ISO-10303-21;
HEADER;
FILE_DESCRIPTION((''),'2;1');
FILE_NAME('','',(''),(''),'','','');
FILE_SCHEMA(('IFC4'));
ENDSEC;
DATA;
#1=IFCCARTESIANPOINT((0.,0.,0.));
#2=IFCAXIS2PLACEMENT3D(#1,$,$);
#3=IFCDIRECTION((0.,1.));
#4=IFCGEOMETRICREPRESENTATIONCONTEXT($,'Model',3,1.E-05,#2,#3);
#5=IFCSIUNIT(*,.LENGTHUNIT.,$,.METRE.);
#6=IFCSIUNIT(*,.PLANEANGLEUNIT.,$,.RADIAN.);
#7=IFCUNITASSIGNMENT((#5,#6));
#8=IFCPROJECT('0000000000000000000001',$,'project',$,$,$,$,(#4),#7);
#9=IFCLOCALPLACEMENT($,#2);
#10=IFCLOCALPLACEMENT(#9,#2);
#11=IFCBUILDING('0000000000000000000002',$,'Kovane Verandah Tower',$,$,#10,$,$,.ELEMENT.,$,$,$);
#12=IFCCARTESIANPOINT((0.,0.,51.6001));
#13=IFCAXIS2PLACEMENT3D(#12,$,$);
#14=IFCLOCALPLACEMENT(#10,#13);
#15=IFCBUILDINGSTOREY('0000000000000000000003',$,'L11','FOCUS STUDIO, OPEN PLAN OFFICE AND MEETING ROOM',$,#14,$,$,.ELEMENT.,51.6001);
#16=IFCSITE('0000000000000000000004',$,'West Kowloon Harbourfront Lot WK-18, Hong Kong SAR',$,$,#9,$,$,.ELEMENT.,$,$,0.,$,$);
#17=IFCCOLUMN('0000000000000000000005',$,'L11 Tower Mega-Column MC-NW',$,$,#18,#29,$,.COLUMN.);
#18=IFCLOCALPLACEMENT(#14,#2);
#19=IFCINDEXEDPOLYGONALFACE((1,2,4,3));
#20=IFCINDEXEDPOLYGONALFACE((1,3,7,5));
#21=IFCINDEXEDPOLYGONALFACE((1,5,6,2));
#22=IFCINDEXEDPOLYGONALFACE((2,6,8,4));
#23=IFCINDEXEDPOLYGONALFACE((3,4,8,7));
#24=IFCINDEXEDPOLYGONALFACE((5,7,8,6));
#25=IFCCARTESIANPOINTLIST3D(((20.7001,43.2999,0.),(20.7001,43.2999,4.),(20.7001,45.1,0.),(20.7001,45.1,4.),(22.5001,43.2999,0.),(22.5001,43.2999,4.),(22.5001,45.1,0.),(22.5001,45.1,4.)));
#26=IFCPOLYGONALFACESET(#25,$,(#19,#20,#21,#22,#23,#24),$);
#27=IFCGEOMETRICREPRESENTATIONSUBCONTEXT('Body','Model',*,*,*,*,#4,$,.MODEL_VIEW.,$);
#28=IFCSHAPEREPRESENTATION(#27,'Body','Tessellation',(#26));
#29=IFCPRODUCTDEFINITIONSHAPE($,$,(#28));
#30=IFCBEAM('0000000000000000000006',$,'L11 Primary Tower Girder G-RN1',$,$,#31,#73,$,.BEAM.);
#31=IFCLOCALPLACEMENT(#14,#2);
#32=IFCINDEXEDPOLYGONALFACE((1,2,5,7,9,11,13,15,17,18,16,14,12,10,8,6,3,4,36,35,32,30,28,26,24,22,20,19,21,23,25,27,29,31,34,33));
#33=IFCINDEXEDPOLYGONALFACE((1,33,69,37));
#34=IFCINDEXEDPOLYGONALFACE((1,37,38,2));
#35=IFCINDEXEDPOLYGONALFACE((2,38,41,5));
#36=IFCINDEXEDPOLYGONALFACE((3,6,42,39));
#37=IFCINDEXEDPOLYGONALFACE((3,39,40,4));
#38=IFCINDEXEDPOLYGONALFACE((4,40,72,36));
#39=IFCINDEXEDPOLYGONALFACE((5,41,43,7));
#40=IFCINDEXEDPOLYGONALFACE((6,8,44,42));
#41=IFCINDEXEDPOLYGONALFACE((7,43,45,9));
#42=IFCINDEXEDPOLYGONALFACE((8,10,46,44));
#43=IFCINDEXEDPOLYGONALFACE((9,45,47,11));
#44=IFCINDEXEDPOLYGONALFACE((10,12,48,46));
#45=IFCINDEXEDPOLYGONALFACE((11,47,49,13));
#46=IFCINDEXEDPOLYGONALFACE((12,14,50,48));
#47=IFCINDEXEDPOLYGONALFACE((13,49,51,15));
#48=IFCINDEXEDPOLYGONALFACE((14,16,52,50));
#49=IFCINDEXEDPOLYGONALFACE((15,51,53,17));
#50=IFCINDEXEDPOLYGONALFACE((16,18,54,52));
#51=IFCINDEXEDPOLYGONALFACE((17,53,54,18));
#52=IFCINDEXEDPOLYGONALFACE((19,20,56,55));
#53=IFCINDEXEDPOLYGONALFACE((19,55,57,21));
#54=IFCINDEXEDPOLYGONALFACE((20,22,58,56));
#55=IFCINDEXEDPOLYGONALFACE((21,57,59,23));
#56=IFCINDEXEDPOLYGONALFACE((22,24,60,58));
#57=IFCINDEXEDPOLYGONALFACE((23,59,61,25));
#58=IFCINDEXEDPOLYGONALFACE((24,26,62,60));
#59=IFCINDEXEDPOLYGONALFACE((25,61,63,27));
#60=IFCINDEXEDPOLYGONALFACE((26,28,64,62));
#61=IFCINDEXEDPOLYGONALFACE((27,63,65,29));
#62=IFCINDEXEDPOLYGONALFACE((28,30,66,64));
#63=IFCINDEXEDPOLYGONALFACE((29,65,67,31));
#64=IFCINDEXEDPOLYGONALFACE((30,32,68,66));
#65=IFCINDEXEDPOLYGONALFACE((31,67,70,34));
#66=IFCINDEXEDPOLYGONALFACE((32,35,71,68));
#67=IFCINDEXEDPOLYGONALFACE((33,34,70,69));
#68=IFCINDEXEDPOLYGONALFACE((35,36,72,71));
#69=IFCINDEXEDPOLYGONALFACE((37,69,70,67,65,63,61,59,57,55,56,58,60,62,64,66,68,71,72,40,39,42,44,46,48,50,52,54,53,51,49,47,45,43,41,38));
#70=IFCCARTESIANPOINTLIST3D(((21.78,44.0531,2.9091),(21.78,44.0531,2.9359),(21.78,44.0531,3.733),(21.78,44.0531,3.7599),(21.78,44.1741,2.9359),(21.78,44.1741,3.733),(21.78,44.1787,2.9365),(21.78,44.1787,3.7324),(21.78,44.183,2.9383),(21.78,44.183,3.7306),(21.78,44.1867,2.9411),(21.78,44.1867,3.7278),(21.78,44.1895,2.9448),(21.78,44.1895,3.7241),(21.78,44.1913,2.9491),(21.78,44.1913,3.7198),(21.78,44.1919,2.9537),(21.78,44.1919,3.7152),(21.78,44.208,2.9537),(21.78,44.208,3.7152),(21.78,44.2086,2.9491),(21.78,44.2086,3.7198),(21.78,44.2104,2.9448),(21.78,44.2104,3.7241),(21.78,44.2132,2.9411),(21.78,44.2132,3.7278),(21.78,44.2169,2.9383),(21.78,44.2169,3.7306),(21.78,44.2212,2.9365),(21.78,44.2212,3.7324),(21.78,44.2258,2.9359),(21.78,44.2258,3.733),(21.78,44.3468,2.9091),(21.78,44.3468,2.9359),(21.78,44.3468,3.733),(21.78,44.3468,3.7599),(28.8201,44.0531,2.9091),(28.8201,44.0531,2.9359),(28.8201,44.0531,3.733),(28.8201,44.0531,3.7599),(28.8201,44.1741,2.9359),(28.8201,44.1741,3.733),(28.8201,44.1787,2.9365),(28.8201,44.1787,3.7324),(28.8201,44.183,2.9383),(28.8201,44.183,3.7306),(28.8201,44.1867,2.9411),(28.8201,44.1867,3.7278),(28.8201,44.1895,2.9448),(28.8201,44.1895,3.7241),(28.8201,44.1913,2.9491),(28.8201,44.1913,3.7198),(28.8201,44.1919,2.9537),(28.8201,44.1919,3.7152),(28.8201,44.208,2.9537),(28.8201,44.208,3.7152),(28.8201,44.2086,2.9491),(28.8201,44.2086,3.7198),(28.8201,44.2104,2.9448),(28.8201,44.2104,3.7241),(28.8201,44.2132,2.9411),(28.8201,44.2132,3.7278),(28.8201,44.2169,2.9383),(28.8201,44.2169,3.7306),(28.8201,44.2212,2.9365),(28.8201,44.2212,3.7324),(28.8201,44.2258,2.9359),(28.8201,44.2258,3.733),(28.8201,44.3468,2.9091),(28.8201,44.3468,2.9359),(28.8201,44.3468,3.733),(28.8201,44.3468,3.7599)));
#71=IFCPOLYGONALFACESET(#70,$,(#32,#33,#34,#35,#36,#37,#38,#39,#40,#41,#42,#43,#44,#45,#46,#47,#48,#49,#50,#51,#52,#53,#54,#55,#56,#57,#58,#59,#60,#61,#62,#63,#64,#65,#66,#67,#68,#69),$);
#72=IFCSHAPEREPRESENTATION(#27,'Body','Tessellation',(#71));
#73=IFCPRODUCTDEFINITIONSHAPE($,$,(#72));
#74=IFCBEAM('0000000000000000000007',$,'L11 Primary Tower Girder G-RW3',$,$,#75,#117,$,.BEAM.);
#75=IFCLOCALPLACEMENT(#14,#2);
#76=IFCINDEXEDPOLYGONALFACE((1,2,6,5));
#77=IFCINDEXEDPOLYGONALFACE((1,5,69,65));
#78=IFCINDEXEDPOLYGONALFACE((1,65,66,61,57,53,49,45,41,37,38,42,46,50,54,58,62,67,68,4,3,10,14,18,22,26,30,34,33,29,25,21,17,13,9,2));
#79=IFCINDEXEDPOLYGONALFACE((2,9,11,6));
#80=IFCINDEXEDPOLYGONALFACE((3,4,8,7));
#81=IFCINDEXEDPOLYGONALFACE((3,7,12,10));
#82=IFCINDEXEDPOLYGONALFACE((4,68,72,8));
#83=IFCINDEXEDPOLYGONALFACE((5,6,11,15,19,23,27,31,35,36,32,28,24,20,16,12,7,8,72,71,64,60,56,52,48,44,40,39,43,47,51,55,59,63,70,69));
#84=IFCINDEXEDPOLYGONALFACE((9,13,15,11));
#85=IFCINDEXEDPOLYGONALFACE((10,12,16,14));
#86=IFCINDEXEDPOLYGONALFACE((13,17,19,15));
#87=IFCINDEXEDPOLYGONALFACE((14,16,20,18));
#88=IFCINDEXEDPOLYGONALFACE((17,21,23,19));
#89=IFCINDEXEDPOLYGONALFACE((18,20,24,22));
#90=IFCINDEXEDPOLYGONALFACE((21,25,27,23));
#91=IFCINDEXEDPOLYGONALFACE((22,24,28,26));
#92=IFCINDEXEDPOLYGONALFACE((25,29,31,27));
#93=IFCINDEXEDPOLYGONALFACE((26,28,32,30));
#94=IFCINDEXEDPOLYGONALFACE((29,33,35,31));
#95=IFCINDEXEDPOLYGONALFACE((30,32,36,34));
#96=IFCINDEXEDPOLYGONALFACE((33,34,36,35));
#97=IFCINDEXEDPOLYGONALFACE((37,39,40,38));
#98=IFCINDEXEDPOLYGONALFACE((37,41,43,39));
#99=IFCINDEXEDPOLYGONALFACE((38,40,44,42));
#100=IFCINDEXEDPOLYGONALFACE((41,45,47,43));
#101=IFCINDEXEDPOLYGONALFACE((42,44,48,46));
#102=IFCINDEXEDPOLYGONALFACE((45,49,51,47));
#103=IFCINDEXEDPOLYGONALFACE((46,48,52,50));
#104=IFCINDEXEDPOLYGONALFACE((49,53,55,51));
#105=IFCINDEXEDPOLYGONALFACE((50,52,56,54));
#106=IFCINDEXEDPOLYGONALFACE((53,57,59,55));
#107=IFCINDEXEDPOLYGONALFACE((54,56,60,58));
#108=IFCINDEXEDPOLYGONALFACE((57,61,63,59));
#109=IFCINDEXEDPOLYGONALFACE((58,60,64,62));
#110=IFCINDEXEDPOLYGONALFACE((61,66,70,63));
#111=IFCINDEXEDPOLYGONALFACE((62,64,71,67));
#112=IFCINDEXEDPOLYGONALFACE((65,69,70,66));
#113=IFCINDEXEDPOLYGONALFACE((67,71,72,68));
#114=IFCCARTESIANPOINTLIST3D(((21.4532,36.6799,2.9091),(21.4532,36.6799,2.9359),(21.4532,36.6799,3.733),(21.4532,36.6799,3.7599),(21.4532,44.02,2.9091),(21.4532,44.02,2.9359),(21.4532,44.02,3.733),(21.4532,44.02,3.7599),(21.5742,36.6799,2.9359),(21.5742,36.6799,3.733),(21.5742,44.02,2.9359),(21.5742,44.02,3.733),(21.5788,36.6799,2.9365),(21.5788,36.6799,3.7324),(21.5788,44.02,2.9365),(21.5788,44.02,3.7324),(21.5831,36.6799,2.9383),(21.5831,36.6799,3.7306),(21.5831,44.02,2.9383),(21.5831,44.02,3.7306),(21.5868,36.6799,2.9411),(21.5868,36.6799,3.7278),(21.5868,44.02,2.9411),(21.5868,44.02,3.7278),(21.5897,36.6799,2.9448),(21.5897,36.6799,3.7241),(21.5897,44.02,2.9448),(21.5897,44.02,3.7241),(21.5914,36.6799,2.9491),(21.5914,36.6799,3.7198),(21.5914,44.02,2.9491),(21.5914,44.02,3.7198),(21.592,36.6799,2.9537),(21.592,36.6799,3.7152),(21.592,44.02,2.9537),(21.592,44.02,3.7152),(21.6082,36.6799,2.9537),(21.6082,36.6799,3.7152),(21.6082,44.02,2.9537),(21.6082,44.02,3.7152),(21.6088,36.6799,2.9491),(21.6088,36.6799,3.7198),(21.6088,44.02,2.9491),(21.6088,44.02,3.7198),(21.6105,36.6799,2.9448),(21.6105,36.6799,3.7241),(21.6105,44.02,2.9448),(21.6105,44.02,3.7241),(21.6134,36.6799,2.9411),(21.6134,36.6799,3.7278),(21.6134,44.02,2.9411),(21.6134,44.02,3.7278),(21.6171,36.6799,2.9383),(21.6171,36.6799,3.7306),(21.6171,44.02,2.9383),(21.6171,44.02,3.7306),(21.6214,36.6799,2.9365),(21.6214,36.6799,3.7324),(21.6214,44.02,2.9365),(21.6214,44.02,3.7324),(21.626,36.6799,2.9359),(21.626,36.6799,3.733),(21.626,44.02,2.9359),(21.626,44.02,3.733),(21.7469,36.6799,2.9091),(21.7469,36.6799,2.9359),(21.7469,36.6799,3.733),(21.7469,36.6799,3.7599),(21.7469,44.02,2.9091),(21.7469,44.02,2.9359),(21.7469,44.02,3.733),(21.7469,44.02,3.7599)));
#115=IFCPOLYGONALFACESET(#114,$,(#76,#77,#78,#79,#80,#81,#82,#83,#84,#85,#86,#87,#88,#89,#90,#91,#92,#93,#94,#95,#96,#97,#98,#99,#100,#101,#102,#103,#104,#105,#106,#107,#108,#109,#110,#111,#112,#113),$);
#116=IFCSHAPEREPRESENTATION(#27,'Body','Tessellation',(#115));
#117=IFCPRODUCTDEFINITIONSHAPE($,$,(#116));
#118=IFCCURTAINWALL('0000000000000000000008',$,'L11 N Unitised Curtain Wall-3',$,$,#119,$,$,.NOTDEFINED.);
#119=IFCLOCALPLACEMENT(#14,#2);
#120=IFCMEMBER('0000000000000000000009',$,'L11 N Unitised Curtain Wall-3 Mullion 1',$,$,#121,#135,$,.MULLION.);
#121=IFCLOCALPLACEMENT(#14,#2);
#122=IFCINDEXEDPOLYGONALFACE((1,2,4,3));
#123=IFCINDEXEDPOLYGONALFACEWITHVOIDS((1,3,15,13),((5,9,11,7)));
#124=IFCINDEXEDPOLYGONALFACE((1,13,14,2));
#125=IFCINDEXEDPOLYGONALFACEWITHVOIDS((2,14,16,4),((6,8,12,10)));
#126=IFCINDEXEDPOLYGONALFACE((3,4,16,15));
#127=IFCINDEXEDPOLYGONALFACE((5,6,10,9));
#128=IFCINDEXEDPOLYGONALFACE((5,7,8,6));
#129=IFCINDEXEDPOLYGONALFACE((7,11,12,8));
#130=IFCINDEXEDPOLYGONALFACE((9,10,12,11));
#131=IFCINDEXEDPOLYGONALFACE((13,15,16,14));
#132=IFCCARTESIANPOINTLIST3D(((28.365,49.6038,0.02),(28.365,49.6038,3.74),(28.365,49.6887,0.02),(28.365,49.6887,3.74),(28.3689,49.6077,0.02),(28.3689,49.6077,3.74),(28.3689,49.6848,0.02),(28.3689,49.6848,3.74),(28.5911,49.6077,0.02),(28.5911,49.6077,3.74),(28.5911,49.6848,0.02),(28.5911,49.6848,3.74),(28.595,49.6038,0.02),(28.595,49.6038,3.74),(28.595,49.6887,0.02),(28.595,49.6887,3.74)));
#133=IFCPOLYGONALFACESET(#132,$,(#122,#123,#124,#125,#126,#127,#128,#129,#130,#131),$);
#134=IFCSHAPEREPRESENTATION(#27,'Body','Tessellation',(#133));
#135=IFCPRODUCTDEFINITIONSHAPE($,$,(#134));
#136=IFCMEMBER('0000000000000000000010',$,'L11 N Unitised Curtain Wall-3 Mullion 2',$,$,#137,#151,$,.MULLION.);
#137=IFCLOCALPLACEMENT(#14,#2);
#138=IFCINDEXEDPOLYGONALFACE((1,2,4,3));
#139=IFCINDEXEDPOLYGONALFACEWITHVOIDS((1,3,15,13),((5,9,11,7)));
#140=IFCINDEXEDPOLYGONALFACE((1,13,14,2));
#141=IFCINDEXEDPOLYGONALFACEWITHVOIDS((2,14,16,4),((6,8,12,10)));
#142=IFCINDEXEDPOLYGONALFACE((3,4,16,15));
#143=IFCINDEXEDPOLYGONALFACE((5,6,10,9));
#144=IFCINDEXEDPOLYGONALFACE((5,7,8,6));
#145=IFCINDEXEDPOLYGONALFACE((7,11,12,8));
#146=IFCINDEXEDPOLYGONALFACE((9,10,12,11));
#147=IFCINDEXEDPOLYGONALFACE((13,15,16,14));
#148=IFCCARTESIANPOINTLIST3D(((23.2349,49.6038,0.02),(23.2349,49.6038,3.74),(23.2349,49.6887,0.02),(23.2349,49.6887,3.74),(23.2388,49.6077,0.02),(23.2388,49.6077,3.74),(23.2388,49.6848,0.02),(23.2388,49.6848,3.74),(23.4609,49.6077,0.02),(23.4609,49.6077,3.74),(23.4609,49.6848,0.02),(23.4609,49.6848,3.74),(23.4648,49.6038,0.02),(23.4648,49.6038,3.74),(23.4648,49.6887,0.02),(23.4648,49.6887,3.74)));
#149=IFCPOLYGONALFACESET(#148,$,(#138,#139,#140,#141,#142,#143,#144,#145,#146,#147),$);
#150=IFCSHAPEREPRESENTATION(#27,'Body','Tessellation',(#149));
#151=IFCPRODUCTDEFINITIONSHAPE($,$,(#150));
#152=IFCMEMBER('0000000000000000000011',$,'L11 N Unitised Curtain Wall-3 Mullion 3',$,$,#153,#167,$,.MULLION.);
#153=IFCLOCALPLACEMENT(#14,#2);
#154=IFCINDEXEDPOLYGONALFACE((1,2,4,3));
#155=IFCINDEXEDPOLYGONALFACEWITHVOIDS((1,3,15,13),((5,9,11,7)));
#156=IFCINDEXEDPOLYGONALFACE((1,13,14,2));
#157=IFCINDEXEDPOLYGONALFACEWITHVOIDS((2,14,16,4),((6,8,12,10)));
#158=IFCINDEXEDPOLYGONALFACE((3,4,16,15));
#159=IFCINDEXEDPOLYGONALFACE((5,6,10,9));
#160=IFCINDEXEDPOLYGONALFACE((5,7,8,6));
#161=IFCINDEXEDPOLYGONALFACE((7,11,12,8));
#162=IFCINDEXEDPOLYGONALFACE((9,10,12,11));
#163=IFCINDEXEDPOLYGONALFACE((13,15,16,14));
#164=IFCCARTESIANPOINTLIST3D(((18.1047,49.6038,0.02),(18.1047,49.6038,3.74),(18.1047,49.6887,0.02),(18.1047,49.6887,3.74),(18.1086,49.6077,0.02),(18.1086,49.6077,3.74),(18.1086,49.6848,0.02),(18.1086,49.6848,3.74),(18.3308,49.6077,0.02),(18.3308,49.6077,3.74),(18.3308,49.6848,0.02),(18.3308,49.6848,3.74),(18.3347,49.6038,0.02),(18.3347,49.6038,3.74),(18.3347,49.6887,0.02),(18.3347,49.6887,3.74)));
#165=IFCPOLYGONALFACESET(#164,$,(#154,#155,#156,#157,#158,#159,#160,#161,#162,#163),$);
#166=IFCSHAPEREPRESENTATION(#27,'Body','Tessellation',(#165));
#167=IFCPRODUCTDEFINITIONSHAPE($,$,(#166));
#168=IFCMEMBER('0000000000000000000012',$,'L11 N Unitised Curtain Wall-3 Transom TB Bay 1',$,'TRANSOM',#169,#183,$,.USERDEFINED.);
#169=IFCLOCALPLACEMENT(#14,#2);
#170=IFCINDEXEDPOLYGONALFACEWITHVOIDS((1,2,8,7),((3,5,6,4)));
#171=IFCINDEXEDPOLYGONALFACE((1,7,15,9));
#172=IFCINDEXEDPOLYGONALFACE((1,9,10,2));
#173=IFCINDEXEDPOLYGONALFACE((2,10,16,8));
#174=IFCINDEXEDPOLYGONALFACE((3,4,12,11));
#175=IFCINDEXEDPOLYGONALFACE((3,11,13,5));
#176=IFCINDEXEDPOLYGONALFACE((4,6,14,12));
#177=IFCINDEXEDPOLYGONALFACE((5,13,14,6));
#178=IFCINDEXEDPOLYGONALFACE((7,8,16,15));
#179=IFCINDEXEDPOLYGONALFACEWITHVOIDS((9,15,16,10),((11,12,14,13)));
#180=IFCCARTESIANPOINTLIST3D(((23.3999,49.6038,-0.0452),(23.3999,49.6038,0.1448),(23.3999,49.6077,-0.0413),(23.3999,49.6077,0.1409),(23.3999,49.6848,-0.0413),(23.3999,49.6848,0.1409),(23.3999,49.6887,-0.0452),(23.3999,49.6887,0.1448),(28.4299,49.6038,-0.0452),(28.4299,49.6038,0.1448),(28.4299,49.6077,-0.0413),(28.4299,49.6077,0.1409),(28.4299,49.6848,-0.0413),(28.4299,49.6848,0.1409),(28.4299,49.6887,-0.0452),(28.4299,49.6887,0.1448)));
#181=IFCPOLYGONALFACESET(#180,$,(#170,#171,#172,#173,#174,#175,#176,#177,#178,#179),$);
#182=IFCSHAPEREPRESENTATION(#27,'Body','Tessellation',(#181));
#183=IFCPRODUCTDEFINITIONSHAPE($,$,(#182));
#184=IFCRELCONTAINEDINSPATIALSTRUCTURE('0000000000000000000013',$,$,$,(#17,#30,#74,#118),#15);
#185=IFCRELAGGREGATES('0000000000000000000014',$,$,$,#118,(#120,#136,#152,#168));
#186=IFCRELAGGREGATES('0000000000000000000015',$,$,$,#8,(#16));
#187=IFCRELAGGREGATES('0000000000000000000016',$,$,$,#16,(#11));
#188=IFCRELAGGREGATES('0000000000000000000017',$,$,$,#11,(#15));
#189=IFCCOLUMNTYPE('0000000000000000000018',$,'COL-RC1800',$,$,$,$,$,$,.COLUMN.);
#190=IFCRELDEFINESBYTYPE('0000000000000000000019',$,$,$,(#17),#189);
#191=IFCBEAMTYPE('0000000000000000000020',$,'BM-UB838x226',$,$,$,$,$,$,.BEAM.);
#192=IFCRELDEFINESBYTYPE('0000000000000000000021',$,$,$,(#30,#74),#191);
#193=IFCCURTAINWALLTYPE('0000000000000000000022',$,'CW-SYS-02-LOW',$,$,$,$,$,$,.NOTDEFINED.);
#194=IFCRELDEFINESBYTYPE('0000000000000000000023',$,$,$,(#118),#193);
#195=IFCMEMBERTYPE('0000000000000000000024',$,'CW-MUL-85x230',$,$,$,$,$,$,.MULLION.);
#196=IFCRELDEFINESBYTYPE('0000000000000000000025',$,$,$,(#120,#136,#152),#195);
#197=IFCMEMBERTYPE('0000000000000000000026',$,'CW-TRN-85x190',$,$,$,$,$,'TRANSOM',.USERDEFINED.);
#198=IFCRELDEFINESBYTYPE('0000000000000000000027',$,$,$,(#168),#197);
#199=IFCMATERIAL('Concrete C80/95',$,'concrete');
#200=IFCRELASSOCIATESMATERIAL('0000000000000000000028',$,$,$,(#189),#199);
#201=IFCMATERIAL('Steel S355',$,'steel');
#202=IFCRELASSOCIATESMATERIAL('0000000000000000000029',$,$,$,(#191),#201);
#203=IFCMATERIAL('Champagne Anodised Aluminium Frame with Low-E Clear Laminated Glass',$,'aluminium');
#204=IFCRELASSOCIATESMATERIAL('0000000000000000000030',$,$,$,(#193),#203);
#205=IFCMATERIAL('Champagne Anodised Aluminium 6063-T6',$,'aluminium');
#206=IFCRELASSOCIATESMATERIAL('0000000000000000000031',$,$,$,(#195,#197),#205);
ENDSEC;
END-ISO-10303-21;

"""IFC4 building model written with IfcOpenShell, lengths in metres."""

from ifc_helpers import new_model, si_unit, direction, frame, origin, origin_2d, place, context, subcontext, project, spatial, rectangle, hollow_rectangle, i_section, extrude, material, material_profile, profile_set, type_object, element, aggregate, save


model = new_model("IFC4")

# Units and contexts
model_context = context("Model", 3, precision=1e-05, world=origin(), true_north=direction((0.0, 1.0)))
body_context = subcontext(model_context, "Body", "Model", "MODEL_VIEW")
ifc_project = project(units=[si_unit("LENGTHUNIT", "METRE"), si_unit("PLANEANGLEUNIT", "RADIAN")], contexts=[model_context])

# Site, building, storey
site_placement = place(None, origin())
site = spatial("IfcSite", under=ifc_project, at=site_placement, Name="West Kowloon Harbourfront Lot WK-18, Hong Kong SAR", CompositionType="ELEMENT", RefElevation=0.0)
building_placement = place(site_placement, origin())
building = spatial("IfcBuilding", under=site, at=building_placement, Name="Kovane Verandah Tower", CompositionType="ELEMENT")
storey_placement = place(building_placement, frame((0.0, 0.0, 51.6001)))
storey = spatial("IfcBuildingStorey", under=building, at=storey_placement, Name="L11", Description="FOCUS STUDIO, OPEN PLAN OFFICE AND MEETING ROOM", CompositionType="ELEMENT", Elevation=51.6001)

# Column
ifc_material_1 = material(Name="Concrete C80/95", Category="concrete")
ifc_material_profile_1 = material_profile(ifc_material_1, rectangle(XDim=1.8, YDim=1.8, at=origin_2d()), Name="RC1800x1800")
ifc_profile_set_1 = profile_set([ifc_material_profile_1], Name="Concrete C80/95")
column_type = type_object("IfcColumnType", Name="COL-RC1800", PredefinedType="COLUMN", material=ifc_profile_set_1)
column_placement = place(storey_placement, frame((21.6001, 44.2, 0.0), z_axis=(0.0, 0.0, 1.0), x_axis=(1.0, 0.0, 0.0)))
element("IfcColumn", 1, at=column_placement, inside=storey, type_object=column_type, Name="L11 Tower Mega-Column MC-NW", PredefinedType="COLUMN", context=body_context, shape_type="SweptSolid", body=[
    extrude(rectangle(XDim=1.8, YDim=1.8, at=origin_2d()), origin(), (0.0, 0.0, 1.0), 4.0),
])

# Beams
ifc_material_2 = material(Name="Steel S355", Category="steel")
ifc_material_profile_2 = material_profile(ifc_material_2, i_section(OverallWidth=0.2937, OverallDepth=0.8508, WebThickness=0.0161, FlangeThickness=0.0269, FilletRadius=0.0178, at=origin_2d()), Name="UB838x292x226")
ifc_profile_set_2 = profile_set([ifc_material_profile_2], Name="Steel S355")
beam_type_1 = type_object("IfcBeamType", Name="BM-UB838x226", PredefinedType="BEAM", material=ifc_profile_set_2)
beam_1_placement = place(storey_placement, frame((21.78, 44.2, 3.3345), z_axis=(1.0, 0.0, 0.0), x_axis=(0.0, 1.0, 0.0)))
element("IfcBeam", 2, at=beam_1_placement, inside=storey, type_object=beam_type_1, Name="L11 Primary Tower Girder G-RN1", PredefinedType="BEAM", context=body_context, shape_type="SweptSolid", body=[
    extrude(i_section(OverallWidth=0.2937, OverallDepth=0.8508, WebThickness=0.0161, FlangeThickness=0.0269, FilletRadius=0.0178, at=origin_2d()), origin(), (0.0, 0.0, 1.0), 7.04),
])
beam_2_placement = place(storey_placement, frame((21.6001, 36.6799, 3.3345), z_axis=(0.0, 1.0, 0.0), x_axis=(-1.0, 0.0, 0.0)))
element("IfcBeam", 3, at=beam_2_placement, inside=storey, type_object=beam_type_1, Name="L11 Primary Tower Girder G-RW3", PredefinedType="BEAM", context=body_context, shape_type="SweptSolid", body=[
    extrude(i_section(OverallWidth=0.2937, OverallDepth=0.8508, WebThickness=0.0161, FlangeThickness=0.0269, FilletRadius=0.0178, at=origin_2d()), origin(), (0.0, 0.0, 1.0), 7.3401),
])

# Curtain wall, members
ifc_material_3 = material(Name="Champagne Anodised Aluminium Frame with Low-E Clear Laminated Glass", Category="aluminium")
curtain_wall_type = type_object("IfcCurtainWallType", Name="CW-SYS-02-LOW", PredefinedType="NOTDEFINED", material=ifc_material_3)
curtain_wall_placement = place(storey_placement, origin())
curtain_wall = element("IfcCurtainWall", 4, at=curtain_wall_placement, inside=storey, type_object=curtain_wall_type, Name="L11 N Unitised Curtain Wall-3", PredefinedType="NOTDEFINED")
ifc_material_4 = material(Name="Champagne Anodised Aluminium 6063-T6", Category="aluminium")
ifc_material_profile_3 = material_profile(ifc_material_4, hollow_rectangle(XDim=0.085, YDim=0.23, WallThickness=0.0039, at=origin_2d()), Name="AL85x230x4")
ifc_profile_set_3 = profile_set([ifc_material_profile_3], Name="Champagne Anodised Aluminium 6063-T6")
member_type_1 = type_object("IfcMemberType", Name="CW-MUL-85x230", PredefinedType="MULLION", material=ifc_profile_set_3)
member_1_placement = place(storey_placement, frame((28.48, 49.6462, 0.02), z_axis=(0.0, 0.0, 1.0), x_axis=(0.0, 1.0, 0.0)))
member_1 = element("IfcMember", 5, at=member_1_placement, type_object=member_type_1, Name="L11 N Unitised Curtain Wall-3 Mullion 1", PredefinedType="MULLION", context=body_context, shape_type="SweptSolid", body=[
    extrude(hollow_rectangle(XDim=0.085, YDim=0.23, WallThickness=0.0039, at=origin_2d()), origin(), (0.0, 0.0, 1.0), 3.72),
])
member_2_placement = place(storey_placement, frame((23.3499, 49.6462, 0.02), z_axis=(0.0, 0.0, 1.0), x_axis=(0.0, 1.0, 0.0)))
member_2 = element("IfcMember", 6, at=member_2_placement, type_object=member_type_1, Name="L11 N Unitised Curtain Wall-3 Mullion 2", PredefinedType="MULLION", context=body_context, shape_type="SweptSolid", body=[
    extrude(hollow_rectangle(XDim=0.085, YDim=0.23, WallThickness=0.0039, at=origin_2d()), origin(), (0.0, 0.0, 1.0), 3.72),
])
member_3_placement = place(storey_placement, frame((18.2197, 49.6462, 0.02), z_axis=(0.0, 0.0, 1.0), x_axis=(0.0, 1.0, 0.0)))
member_3 = element("IfcMember", 7, at=member_3_placement, type_object=member_type_1, Name="L11 N Unitised Curtain Wall-3 Mullion 3", PredefinedType="MULLION", context=body_context, shape_type="SweptSolid", body=[
    extrude(hollow_rectangle(XDim=0.085, YDim=0.23, WallThickness=0.0039, at=origin_2d()), origin(), (0.0, 0.0, 1.0), 3.72),
])
ifc_material_profile_4 = material_profile(ifc_material_4, hollow_rectangle(XDim=0.085, YDim=0.1899, WallThickness=0.0039, at=origin_2d()), Name="AL85x190x4")
ifc_profile_set_4 = profile_set([ifc_material_profile_4], Name="Champagne Anodised Aluminium 6063-T6")
member_type_2 = type_object("IfcMemberType", Name="CW-TRN-85x190", ElementType="TRANSOM", PredefinedType="USERDEFINED", material=ifc_profile_set_4)
member_4_placement = place(storey_placement, frame((28.4299, 49.6462, 0.0498), z_axis=(-1.0, 0.0, 0.0), x_axis=(0.0, -1.0, 0.0)))
member_4 = element("IfcMember", 8, at=member_4_placement, type_object=member_type_2, Name="L11 N Unitised Curtain Wall-3 Transom TB Bay 1", ObjectType="TRANSOM", PredefinedType="USERDEFINED", context=body_context, shape_type="SweptSolid", body=[
    extrude(hollow_rectangle(XDim=0.085, YDim=0.1899, WallThickness=0.0039, at=origin_2d()), origin(), (0.0, 0.0, 1.0), 5.03),
])

aggregate(curtain_wall, [member_1, member_2, member_3, member_4])

save(model, "model.ifc")
